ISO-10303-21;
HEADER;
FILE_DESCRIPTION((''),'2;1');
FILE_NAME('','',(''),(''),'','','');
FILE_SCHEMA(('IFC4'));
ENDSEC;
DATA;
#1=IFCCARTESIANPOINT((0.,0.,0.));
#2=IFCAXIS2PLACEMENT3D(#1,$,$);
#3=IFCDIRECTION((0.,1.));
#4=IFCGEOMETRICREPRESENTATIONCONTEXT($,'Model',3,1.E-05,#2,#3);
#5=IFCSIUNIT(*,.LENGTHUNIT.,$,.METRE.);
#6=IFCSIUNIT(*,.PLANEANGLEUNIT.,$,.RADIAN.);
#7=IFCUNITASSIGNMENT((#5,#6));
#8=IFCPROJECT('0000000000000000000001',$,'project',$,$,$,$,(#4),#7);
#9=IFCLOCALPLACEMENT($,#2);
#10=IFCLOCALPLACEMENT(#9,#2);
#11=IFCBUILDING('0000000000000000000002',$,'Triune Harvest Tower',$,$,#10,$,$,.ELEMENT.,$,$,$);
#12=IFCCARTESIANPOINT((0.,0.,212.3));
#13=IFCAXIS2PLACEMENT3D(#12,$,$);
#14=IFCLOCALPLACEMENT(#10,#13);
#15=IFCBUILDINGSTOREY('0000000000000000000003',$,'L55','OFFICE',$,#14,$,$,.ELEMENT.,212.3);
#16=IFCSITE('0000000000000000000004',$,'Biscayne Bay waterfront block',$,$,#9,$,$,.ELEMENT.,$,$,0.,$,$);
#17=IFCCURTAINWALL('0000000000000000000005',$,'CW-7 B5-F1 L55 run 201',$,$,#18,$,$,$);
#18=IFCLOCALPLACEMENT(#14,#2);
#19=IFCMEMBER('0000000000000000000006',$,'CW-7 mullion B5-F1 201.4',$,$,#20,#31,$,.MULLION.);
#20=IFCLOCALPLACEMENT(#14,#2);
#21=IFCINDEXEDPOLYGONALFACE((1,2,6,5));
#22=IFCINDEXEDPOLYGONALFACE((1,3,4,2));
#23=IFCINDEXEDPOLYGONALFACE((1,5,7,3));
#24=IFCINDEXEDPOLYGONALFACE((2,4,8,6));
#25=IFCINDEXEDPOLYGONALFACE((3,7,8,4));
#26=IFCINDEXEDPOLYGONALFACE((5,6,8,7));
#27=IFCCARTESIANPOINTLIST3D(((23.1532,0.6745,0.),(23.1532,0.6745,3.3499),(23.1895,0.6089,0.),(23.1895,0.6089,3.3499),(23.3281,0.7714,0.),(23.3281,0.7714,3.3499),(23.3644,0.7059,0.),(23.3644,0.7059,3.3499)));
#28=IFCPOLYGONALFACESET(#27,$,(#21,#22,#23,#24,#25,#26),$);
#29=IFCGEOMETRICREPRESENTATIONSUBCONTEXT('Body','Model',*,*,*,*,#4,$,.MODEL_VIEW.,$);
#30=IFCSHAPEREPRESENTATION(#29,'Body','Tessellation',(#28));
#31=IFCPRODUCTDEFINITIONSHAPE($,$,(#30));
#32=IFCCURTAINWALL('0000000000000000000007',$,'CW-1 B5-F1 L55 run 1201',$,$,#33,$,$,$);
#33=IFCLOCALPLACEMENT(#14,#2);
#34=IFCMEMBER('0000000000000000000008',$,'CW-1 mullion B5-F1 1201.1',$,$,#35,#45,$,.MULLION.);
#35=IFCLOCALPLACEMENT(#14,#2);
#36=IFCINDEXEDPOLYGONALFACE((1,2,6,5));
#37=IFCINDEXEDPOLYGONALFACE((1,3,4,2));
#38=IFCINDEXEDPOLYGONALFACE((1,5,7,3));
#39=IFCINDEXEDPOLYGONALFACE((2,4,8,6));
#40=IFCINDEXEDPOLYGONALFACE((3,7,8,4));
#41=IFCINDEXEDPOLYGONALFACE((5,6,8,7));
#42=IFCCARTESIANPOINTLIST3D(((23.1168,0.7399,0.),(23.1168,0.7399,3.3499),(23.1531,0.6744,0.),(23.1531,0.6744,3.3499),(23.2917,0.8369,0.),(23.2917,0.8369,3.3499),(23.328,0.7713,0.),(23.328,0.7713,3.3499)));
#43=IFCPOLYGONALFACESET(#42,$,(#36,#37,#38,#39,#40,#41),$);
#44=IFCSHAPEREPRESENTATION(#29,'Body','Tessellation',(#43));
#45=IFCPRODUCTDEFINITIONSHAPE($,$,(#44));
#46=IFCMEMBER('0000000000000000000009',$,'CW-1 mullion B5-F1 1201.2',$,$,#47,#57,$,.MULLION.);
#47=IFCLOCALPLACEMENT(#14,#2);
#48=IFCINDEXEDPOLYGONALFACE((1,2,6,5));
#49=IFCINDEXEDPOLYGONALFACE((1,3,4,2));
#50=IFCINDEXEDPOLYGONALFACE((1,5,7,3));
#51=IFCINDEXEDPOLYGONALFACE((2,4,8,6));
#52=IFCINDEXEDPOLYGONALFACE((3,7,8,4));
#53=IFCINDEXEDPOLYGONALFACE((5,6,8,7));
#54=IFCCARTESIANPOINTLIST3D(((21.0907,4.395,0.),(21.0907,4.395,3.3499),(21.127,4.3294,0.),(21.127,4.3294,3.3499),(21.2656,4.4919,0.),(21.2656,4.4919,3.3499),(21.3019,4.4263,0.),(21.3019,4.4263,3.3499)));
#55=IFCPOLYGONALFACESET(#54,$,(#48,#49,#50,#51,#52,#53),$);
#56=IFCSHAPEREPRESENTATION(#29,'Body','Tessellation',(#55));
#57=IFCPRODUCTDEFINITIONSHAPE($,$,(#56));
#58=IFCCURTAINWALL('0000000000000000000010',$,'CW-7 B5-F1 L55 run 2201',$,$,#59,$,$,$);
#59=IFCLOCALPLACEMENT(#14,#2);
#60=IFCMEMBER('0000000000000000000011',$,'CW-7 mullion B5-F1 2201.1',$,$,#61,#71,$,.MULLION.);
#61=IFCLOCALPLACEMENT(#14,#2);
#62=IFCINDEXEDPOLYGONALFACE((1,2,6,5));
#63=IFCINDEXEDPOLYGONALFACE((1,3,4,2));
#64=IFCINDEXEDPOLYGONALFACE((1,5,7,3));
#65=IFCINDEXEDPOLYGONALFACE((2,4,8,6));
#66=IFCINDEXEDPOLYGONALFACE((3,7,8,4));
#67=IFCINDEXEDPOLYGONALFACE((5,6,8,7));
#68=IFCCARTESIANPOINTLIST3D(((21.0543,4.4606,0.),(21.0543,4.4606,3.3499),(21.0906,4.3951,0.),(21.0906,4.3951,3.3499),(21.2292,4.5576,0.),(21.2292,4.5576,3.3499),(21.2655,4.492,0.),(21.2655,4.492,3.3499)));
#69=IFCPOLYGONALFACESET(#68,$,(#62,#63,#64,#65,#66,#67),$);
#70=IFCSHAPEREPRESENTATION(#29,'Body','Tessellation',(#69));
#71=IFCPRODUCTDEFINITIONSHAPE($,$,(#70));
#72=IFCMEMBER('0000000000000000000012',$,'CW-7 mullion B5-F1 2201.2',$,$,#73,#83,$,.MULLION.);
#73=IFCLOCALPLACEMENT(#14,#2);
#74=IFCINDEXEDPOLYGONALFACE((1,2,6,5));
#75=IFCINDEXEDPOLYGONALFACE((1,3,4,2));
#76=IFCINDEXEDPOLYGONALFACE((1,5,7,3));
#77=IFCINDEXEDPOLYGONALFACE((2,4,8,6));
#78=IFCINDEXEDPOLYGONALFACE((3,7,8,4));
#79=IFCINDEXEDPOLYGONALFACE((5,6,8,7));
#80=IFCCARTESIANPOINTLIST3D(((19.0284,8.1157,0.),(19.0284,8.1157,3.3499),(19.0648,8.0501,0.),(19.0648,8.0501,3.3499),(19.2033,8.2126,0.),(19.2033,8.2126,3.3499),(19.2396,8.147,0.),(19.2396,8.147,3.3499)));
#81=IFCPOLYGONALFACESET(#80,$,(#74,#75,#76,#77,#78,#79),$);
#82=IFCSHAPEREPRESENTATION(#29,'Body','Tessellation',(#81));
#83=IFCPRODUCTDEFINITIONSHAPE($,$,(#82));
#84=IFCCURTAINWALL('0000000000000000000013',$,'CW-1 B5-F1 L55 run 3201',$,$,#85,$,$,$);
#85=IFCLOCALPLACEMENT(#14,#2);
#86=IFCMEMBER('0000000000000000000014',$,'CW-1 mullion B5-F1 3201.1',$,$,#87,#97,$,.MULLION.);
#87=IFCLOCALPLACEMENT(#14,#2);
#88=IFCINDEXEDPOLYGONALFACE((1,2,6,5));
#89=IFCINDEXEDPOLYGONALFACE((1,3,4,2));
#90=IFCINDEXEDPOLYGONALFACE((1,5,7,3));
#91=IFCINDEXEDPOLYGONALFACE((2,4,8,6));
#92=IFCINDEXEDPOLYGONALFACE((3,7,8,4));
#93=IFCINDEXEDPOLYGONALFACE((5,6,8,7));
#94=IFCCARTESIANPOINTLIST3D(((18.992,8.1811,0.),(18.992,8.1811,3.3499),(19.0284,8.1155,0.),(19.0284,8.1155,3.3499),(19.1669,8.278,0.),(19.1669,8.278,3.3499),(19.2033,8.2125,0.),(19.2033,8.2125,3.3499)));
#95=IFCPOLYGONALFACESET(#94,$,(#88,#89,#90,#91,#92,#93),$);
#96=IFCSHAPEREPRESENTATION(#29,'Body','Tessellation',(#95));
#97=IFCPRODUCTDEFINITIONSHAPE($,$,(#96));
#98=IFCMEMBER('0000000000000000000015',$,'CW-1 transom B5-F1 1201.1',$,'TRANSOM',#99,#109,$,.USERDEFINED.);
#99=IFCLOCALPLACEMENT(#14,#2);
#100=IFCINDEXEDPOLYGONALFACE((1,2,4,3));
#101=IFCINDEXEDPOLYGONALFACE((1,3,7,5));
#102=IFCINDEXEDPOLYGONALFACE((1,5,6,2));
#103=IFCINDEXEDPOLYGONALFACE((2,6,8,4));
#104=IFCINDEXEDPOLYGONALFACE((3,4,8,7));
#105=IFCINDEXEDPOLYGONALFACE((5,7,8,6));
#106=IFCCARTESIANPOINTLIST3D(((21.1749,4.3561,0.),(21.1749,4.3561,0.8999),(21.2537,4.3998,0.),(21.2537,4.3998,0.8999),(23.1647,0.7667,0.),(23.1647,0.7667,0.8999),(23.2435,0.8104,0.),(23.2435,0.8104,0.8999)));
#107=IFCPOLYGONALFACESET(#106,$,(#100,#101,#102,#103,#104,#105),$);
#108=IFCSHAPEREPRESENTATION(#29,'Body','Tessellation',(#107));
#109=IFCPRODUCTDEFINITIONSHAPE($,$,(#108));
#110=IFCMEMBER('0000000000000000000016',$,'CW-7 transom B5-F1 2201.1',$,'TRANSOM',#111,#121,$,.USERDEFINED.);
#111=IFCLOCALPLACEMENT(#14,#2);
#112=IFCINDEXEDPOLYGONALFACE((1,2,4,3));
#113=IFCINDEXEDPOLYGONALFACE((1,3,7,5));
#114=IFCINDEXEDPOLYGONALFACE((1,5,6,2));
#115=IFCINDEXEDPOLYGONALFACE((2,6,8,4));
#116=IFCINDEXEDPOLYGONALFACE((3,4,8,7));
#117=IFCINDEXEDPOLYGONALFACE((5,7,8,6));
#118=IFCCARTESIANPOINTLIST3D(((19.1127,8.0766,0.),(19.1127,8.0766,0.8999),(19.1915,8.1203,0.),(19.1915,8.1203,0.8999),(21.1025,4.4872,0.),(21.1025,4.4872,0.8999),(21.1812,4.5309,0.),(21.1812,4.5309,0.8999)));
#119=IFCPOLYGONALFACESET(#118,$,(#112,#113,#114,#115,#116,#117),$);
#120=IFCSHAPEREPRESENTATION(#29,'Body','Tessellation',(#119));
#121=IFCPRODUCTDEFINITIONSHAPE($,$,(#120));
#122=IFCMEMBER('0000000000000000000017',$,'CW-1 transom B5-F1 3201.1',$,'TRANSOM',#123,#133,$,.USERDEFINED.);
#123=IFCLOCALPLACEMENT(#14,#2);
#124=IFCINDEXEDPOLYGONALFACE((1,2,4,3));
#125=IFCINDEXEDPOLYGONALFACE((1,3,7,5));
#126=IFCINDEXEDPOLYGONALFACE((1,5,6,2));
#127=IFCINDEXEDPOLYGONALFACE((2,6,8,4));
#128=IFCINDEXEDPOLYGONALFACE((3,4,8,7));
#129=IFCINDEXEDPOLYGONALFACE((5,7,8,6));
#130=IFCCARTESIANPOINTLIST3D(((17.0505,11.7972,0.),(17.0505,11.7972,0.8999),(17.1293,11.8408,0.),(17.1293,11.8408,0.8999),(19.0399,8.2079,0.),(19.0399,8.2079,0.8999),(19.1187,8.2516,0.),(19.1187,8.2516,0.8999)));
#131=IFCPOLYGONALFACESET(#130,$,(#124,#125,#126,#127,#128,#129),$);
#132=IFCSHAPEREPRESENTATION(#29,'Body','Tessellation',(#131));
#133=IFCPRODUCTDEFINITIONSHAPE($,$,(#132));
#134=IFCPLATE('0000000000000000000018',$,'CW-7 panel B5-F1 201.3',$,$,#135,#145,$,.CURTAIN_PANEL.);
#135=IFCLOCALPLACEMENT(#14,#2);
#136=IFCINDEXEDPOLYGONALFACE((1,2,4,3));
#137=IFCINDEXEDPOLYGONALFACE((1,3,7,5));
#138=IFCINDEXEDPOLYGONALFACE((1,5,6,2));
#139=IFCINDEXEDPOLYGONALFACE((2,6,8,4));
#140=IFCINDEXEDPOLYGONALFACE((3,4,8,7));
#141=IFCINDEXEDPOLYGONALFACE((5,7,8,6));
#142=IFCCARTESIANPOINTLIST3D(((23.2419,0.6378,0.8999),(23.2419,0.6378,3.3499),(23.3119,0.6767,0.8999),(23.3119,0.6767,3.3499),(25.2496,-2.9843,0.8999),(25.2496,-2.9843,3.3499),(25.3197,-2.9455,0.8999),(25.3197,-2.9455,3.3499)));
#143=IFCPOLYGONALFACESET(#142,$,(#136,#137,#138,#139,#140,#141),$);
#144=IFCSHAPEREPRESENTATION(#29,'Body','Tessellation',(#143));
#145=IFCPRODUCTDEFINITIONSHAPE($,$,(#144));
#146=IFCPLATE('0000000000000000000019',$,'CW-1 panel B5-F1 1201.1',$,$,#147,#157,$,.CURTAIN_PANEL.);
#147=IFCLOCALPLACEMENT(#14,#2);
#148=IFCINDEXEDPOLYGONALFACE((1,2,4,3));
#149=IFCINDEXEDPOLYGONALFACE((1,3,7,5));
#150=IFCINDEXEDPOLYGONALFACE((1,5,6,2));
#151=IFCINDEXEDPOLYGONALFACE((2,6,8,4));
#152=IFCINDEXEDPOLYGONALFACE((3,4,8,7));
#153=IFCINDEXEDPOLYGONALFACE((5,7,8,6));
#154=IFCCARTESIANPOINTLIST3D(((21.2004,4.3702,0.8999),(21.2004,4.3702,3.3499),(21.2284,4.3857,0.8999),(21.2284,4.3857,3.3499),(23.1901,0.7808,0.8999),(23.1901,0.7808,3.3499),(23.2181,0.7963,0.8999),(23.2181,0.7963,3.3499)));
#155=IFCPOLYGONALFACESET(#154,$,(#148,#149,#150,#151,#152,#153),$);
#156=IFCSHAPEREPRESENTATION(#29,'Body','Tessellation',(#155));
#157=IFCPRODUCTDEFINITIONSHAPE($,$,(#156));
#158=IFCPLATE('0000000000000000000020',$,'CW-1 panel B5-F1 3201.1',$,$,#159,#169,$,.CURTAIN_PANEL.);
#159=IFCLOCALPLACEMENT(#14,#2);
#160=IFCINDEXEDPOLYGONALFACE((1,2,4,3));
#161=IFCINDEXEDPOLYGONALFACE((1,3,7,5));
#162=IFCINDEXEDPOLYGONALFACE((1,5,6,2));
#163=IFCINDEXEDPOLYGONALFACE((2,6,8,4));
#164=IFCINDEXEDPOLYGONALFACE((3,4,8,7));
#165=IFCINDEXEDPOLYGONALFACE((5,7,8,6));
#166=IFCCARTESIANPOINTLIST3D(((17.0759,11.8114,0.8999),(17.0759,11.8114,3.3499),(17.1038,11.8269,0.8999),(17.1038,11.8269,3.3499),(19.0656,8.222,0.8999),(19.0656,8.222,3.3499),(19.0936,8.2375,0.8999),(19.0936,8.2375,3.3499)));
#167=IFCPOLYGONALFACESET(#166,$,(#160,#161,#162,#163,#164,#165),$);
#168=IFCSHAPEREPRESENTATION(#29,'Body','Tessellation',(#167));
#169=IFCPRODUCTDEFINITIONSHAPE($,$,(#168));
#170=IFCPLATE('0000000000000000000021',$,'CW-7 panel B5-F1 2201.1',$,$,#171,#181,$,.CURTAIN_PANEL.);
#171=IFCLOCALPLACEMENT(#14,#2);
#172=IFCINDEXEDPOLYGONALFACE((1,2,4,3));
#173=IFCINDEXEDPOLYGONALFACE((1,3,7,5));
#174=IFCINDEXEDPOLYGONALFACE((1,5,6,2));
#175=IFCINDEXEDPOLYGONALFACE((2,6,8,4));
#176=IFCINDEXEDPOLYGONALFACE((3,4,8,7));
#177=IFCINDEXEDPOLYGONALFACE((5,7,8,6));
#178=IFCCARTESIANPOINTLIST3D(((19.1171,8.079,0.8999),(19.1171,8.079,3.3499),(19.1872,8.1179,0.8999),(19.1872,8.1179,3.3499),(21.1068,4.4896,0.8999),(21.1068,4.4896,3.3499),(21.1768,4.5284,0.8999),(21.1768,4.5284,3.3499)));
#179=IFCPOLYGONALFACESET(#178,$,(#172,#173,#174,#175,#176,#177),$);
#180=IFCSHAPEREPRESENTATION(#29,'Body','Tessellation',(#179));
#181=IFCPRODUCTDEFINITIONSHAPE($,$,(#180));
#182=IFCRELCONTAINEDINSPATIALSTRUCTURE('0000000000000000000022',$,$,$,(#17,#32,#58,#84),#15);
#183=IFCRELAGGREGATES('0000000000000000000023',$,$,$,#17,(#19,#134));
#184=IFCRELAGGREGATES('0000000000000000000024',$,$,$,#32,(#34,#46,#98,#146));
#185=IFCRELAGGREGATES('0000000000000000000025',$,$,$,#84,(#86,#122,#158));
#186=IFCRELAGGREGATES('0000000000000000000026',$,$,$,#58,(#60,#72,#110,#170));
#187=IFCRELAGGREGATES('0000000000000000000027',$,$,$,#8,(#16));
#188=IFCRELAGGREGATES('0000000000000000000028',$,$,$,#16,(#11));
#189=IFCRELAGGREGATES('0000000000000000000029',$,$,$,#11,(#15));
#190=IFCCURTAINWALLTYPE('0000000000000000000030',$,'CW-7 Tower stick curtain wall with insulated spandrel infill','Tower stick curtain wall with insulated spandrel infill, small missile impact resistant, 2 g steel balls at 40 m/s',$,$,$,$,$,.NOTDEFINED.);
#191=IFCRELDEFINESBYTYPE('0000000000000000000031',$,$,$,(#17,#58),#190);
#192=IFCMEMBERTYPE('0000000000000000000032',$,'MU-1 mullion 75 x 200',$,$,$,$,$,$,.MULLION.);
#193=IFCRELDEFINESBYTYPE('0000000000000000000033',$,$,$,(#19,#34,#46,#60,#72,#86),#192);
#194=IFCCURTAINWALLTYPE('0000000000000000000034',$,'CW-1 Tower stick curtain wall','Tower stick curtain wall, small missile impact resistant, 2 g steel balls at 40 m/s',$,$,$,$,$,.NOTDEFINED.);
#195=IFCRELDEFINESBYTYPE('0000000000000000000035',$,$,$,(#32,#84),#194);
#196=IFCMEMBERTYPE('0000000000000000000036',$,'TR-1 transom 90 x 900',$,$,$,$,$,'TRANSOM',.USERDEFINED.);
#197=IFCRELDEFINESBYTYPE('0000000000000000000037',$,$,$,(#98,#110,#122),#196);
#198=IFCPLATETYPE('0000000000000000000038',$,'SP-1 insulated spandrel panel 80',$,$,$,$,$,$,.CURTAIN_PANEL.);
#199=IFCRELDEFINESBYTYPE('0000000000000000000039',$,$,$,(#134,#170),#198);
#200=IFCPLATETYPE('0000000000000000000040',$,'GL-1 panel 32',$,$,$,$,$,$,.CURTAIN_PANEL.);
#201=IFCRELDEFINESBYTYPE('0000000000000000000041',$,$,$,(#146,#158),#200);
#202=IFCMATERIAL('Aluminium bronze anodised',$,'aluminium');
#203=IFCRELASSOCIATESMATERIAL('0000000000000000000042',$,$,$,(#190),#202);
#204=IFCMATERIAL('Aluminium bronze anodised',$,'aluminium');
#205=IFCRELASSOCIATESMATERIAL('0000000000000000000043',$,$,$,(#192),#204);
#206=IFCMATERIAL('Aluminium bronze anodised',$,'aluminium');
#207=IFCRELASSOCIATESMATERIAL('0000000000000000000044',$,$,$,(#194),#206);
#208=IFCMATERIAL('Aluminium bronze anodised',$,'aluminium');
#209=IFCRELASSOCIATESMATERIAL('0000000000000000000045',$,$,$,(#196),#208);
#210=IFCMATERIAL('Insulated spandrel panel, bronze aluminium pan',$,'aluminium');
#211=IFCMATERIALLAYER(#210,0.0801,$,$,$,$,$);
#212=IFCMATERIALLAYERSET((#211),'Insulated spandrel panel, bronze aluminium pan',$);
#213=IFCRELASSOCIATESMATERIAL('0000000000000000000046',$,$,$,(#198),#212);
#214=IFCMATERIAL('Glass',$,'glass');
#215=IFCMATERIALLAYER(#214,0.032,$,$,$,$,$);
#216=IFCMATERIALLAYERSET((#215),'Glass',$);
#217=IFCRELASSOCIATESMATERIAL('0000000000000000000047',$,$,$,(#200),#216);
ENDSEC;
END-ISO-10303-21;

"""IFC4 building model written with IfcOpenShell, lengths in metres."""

from ifc_helpers import new_model, si_unit, direction, frame, origin, origin_2d, place, context, subcontext, project, spatial, rectangle, extrude, source, transform, mapped, material, layer, layer_set, material_profile, profile_set, type_object, element, aggregate, save


model = new_model("IFC4")

# Units and contexts
model_context = context("Model", 3, precision=1e-05, world=origin(), true_north=direction((0.0, 1.0)))
body_context = subcontext(model_context, "Body", "Model", "MODEL_VIEW")
ifc_project = project(units=[si_unit("LENGTHUNIT", "METRE"), si_unit("PLANEANGLEUNIT", "RADIAN")], contexts=[model_context])

# Site, building, storey
site_placement = place(None, origin())
site = spatial("IfcSite", under=ifc_project, at=site_placement, Name="Biscayne Bay waterfront block", CompositionType="ELEMENT", RefElevation=0.0)
building_placement = place(site_placement, origin())
building = spatial("IfcBuilding", under=site, at=building_placement, Name="Triune Harvest Tower", CompositionType="ELEMENT")
storey_placement = place(building_placement, frame((0.0, 0.0, 212.3)))
storey = spatial("IfcBuildingStorey", under=building, at=storey_placement, Name="L55", Description="OFFICE", CompositionType="ELEMENT", Elevation=212.3)

# Curtain wall, member
ifc_material_1 = material(Name="Aluminium bronze anodised", Category="aluminium")
curtain_wall_type_1 = type_object("IfcCurtainWallType", Name="CW-7 Tower stick curtain wall with insulated spandrel infill", Description="Tower stick curtain wall with insulated spandrel infill, small missile impact resistant, 2 g steel balls at 40 m/s", PredefinedType="NOTDEFINED", material=ifc_material_1)
curtain_wall_1_placement = place(storey_placement, origin())
curtain_wall_1 = element("IfcCurtainWall", 1, at=curtain_wall_1_placement, inside=storey, type_object=curtain_wall_type_1, Name="CW-7 B5-F1 L55 run 201")
ifc_material_2 = material(Name="Aluminium bronze anodised", Category="aluminium")
ifc_material_profile_1 = material_profile(ifc_material_2, rectangle(XDim=0.2, YDim=0.075, at=origin_2d()), Name="MU-1 mullion 75 x 200")
ifc_profile_set_1 = profile_set([ifc_material_profile_1], Name="Aluminium bronze anodised")
member_type_1 = type_object("IfcMemberType", Name="MU-1 mullion 75 x 200", PredefinedType="MULLION", material=ifc_profile_set_1)
shared_shape_1 = source(origin(), body_context, "Body", "SweptSolid", [
    extrude(rectangle(XDim=0.2, YDim=0.075, at=origin_2d()), origin(), (0.0, 0.0, 1.0), 3.3499),
])
member_1_placement = place(storey_placement, frame((23.2588, 0.6902, 0.0), z_axis=(0.0, 0.0, 1.0), x_axis=(-0.874621, -0.484808, 0.0)))
member_1 = element("IfcMember", 2, at=member_1_placement, type_object=member_type_1, Name="CW-7 mullion B5-F1 201.4", PredefinedType="MULLION", context=body_context, shape_type="MappedRepresentation", body=[
    mapped(shared_shape_1, transform((0.0, 0.0, 0.0), scale=1.0)),
])

# Curtain walls, members
ifc_material_3 = material(Name="Aluminium bronze anodised", Category="aluminium")
curtain_wall_type_2 = type_object("IfcCurtainWallType", Name="CW-1 Tower stick curtain wall", Description="Tower stick curtain wall, small missile impact resistant, 2 g steel balls at 40 m/s", PredefinedType="NOTDEFINED", material=ifc_material_3)
curtain_wall_2_placement = place(storey_placement, origin())
curtain_wall_2 = element("IfcCurtainWall", 3, at=curtain_wall_2_placement, inside=storey, type_object=curtain_wall_type_2, Name="CW-1 B5-F1 L55 run 1201")
member_2_placement = place(storey_placement, frame((23.2224, 0.7556, 0.0), z_axis=(0.0, 0.0, 1.0), x_axis=(-0.874616, -0.484816, 0.0)))
member_2 = element("IfcMember", 4, at=member_2_placement, type_object=member_type_1, Name="CW-1 mullion B5-F1 1201.1", PredefinedType="MULLION", context=body_context, shape_type="MappedRepresentation", body=[
    mapped(shared_shape_1, transform((0.0, 0.0, 0.0), scale=1.0)),
])
member_3_placement = place(storey_placement, frame((21.1963, 4.4106, 0.0), z_axis=(0.0, 0.0, 1.0), x_axis=(-0.874616, -0.484816, 0.0)))
member_3 = element("IfcMember", 5, at=member_3_placement, type_object=member_type_1, Name="CW-1 mullion B5-F1 1201.2", PredefinedType="MULLION", context=body_context, shape_type="MappedRepresentation", body=[
    mapped(shared_shape_1, transform((0.0, 0.0, 0.0), scale=1.0)),
])
curtain_wall_3_placement = place(storey_placement, origin())
curtain_wall_3 = element("IfcCurtainWall", 6, at=curtain_wall_3_placement, inside=storey, type_object=curtain_wall_type_1, Name="CW-7 B5-F1 L55 run 2201")
member_4_placement = place(storey_placement, frame((21.1599, 4.4763, 0.0), z_axis=(0.0, 0.0, 1.0), x_axis=(-0.874626, -0.484798, 0.0)))
member_4 = element("IfcMember", 7, at=member_4_placement, type_object=member_type_1, Name="CW-7 mullion B5-F1 2201.1", PredefinedType="MULLION", context=body_context, shape_type="MappedRepresentation", body=[
    mapped(shared_shape_1, transform((0.0, 0.0, 0.0), scale=1.0)),
])
member_5_placement = place(storey_placement, frame((19.134, 8.1313, 0.0), z_axis=(0.0, 0.0, 1.0), x_axis=(-0.874626, -0.484798, 0.0)))
member_5 = element("IfcMember", 8, at=member_5_placement, type_object=member_type_1, Name="CW-7 mullion B5-F1 2201.2", PredefinedType="MULLION", context=body_context, shape_type="MappedRepresentation", body=[
    mapped(shared_shape_1, transform((0.0, 0.0, 0.0), scale=1.0)),
])

# Curtain wall, member
curtain_wall_4_placement = place(storey_placement, origin())
curtain_wall_4 = element("IfcCurtainWall", 9, at=curtain_wall_4_placement, inside=storey, type_object=curtain_wall_type_2, Name="CW-1 B5-F1 L55 run 3201")
member_6_placement = place(storey_placement, frame((19.0977, 8.1968, 0.0), z_axis=(0.0, 0.0, 1.0), x_axis=(-0.87461, -0.484826, 0.0)))
member_6 = element("IfcMember", 10, at=member_6_placement, type_object=member_type_1, Name="CW-1 mullion B5-F1 3201.1", PredefinedType="MULLION", context=body_context, shape_type="MappedRepresentation", body=[
    mapped(shared_shape_1, transform((0.0, 0.0, 0.0), scale=1.0)),
])

# Members
ifc_material_4 = material(Name="Aluminium bronze anodised", Category="aluminium")
ifc_material_profile_2 = material_profile(ifc_material_4, rectangle(XDim=0.0901, YDim=0.8999, at=origin_2d()), Name="TR-1 transom 90 x 900")
ifc_profile_set_2 = profile_set([ifc_material_profile_2], Name="Aluminium bronze anodised")
member_type_2 = type_object("IfcMemberType", Name="TR-1 transom 90 x 900", ElementType="TRANSOM", PredefinedType="USERDEFINED", material=ifc_profile_set_2)
shared_shape_2 = source(origin(), body_context, "Body", "SweptSolid", [
    extrude(rectangle(XDim=0.0901, YDim=0.8999, at=origin_2d()), origin(), (0.0, 0.0, 1.0), 4.104),
])
member_7_placement = place(storey_placement, frame((23.2041, 0.7886, 0.45), z_axis=(-0.484835, 0.874606, 0.0), x_axis=(-0.874606, -0.484835, 0.0)))
member_7 = element("IfcMember", 11, at=member_7_placement, type_object=member_type_2, Name="CW-1 transom B5-F1 1201.1", ObjectType="TRANSOM", PredefinedType="USERDEFINED", context=body_context, shape_type="MappedRepresentation", body=[
    mapped(shared_shape_2, transform((0.0, 0.0, 0.0), scale=1.0)),
])
member_8_placement = place(storey_placement, frame((21.1418, 4.509, 0.45), z_axis=(-0.484835, 0.874606, 0.0), x_axis=(-0.874606, -0.484835, 0.0)))
member_8 = element("IfcMember", 12, at=member_8_placement, type_object=member_type_2, Name="CW-7 transom B5-F1 2201.1", ObjectType="TRANSOM", PredefinedType="USERDEFINED", context=body_context, shape_type="MappedRepresentation", body=[
    mapped(shared_shape_2, transform((0.0, 0.0, 0.0), scale=1.0)),
])
shared_shape_3 = source(origin(), body_context, "Body", "SweptSolid", [
    extrude(rectangle(XDim=0.0901, YDim=0.8999, at=origin_2d()), origin(), (0.0, 0.0, 1.0), 4.1038),
])
member_9_placement = place(storey_placement, frame((19.0793, 8.2297, 0.45), z_axis=(-0.484789, 0.874631, 0.0), x_axis=(-0.874631, -0.484789, 0.0)))
member_9 = element("IfcMember", 13, at=member_9_placement, type_object=member_type_2, Name="CW-1 transom B5-F1 3201.1", ObjectType="TRANSOM", PredefinedType="USERDEFINED", context=body_context, shape_type="MappedRepresentation", body=[
    mapped(shared_shape_3, transform((0.0, 0.0, 0.0), scale=1.0)),
])

# Plates
ifc_material_5 = material(Name="Insulated spandrel panel, bronze aluminium pan", Category="aluminium")
ifc_layer_1 = layer(ifc_material_5, 0.0801)
ifc_layer_set_1 = layer_set([ifc_layer_1], Name="Insulated spandrel panel, bronze aluminium pan")
plate_type_1 = type_object("IfcPlateType", Name="SP-1 insulated spandrel panel 80", PredefinedType="CURTAIN_PANEL", material=ifc_layer_set_1)
shared_shape_4 = source(origin(), body_context, "Body", "SweptSolid", [
    extrude(rectangle(XDim=4.1414, YDim=0.0801, at=origin_2d()), origin(), (0.0, 0.0, 1.0), 2.45),
])
plate_1_placement = place(storey_placement, frame((24.2808, -1.1538, 0.8999), z_axis=(0.0, 0.0, 1.0), x_axis=(-0.484808, 0.874621, 0.0)))
plate_1 = element("IfcPlate", 14, at=plate_1_placement, type_object=plate_type_1, Name="CW-7 panel B5-F1 201.3", PredefinedType="CURTAIN_PANEL", context=body_context, shape_type="MappedRepresentation", body=[
    mapped(shared_shape_4, transform((0.0, 0.0, 0.0), scale=1.0)),
])
aggregate(curtain_wall_1, [member_1, plate_1])
ifc_material_6 = material(Name="Glass", Category="glass")
ifc_layer_2 = layer(ifc_material_6, 0.032)
ifc_layer_set_2 = layer_set([ifc_layer_2], Name="Glass")
plate_type_2 = type_object("IfcPlateType", Name="GL-1 panel 32", PredefinedType="CURTAIN_PANEL", material=ifc_layer_set_2)
shared_shape_5 = source(origin(), body_context, "Body", "SweptSolid", [
    extrude(rectangle(XDim=4.104, YDim=0.032, at=origin_2d()), origin(), (0.0, 0.0, 1.0), 2.45),
])
plate_2_placement = place(storey_placement, frame((22.2092, 2.5833, 0.8999), z_axis=(0.0, 0.0, 1.0), x_axis=(-0.484816, 0.874616, 0.0)))
plate_2 = element("IfcPlate", 15, at=plate_2_placement, type_object=plate_type_2, Name="CW-1 panel B5-F1 1201.1", PredefinedType="CURTAIN_PANEL", context=body_context, shape_type="MappedRepresentation", body=[
    mapped(shared_shape_5, transform((0.0, 0.0, 0.0), scale=1.0)),
])
aggregate(curtain_wall_2, [member_2, member_3, member_7, plate_2])
plate_3_placement = place(storey_placement, frame((18.0847, 10.0244, 0.8999), z_axis=(0.0, 0.0, 1.0), x_axis=(-0.484826, 0.87461, 0.0)))
plate_3 = element("IfcPlate", 16, at=plate_3_placement, type_object=plate_type_2, Name="CW-1 panel B5-F1 3201.1", PredefinedType="CURTAIN_PANEL", context=body_context, shape_type="MappedRepresentation", body=[
    mapped(shared_shape_5, transform((0.0, 0.0, 0.0), scale=1.0)),
])
aggregate(curtain_wall_4, [member_6, member_9, plate_3])
shared_shape_6 = source(origin(), body_context, "Body", "SweptSolid", [
    extrude(rectangle(XDim=4.104, YDim=0.0801, at=origin_2d()), origin(), (0.0, 0.0, 1.0), 2.45),
])
plate_4_placement = place(storey_placement, frame((20.147, 6.3037, 0.8999), z_axis=(0.0, 0.0, 1.0), x_axis=(-0.484798, 0.874626, 0.0)))
plate_4 = element("IfcPlate", 17, at=plate_4_placement, type_object=plate_type_1, Name="CW-7 panel B5-F1 2201.1", PredefinedType="CURTAIN_PANEL", context=body_context, shape_type="MappedRepresentation", body=[
    mapped(shared_shape_6, transform((0.0, 0.0, 0.0), scale=1.0)),
])
aggregate(curtain_wall_3, [member_4, member_5, member_8, plate_4])

save(model, "model.ifc")
